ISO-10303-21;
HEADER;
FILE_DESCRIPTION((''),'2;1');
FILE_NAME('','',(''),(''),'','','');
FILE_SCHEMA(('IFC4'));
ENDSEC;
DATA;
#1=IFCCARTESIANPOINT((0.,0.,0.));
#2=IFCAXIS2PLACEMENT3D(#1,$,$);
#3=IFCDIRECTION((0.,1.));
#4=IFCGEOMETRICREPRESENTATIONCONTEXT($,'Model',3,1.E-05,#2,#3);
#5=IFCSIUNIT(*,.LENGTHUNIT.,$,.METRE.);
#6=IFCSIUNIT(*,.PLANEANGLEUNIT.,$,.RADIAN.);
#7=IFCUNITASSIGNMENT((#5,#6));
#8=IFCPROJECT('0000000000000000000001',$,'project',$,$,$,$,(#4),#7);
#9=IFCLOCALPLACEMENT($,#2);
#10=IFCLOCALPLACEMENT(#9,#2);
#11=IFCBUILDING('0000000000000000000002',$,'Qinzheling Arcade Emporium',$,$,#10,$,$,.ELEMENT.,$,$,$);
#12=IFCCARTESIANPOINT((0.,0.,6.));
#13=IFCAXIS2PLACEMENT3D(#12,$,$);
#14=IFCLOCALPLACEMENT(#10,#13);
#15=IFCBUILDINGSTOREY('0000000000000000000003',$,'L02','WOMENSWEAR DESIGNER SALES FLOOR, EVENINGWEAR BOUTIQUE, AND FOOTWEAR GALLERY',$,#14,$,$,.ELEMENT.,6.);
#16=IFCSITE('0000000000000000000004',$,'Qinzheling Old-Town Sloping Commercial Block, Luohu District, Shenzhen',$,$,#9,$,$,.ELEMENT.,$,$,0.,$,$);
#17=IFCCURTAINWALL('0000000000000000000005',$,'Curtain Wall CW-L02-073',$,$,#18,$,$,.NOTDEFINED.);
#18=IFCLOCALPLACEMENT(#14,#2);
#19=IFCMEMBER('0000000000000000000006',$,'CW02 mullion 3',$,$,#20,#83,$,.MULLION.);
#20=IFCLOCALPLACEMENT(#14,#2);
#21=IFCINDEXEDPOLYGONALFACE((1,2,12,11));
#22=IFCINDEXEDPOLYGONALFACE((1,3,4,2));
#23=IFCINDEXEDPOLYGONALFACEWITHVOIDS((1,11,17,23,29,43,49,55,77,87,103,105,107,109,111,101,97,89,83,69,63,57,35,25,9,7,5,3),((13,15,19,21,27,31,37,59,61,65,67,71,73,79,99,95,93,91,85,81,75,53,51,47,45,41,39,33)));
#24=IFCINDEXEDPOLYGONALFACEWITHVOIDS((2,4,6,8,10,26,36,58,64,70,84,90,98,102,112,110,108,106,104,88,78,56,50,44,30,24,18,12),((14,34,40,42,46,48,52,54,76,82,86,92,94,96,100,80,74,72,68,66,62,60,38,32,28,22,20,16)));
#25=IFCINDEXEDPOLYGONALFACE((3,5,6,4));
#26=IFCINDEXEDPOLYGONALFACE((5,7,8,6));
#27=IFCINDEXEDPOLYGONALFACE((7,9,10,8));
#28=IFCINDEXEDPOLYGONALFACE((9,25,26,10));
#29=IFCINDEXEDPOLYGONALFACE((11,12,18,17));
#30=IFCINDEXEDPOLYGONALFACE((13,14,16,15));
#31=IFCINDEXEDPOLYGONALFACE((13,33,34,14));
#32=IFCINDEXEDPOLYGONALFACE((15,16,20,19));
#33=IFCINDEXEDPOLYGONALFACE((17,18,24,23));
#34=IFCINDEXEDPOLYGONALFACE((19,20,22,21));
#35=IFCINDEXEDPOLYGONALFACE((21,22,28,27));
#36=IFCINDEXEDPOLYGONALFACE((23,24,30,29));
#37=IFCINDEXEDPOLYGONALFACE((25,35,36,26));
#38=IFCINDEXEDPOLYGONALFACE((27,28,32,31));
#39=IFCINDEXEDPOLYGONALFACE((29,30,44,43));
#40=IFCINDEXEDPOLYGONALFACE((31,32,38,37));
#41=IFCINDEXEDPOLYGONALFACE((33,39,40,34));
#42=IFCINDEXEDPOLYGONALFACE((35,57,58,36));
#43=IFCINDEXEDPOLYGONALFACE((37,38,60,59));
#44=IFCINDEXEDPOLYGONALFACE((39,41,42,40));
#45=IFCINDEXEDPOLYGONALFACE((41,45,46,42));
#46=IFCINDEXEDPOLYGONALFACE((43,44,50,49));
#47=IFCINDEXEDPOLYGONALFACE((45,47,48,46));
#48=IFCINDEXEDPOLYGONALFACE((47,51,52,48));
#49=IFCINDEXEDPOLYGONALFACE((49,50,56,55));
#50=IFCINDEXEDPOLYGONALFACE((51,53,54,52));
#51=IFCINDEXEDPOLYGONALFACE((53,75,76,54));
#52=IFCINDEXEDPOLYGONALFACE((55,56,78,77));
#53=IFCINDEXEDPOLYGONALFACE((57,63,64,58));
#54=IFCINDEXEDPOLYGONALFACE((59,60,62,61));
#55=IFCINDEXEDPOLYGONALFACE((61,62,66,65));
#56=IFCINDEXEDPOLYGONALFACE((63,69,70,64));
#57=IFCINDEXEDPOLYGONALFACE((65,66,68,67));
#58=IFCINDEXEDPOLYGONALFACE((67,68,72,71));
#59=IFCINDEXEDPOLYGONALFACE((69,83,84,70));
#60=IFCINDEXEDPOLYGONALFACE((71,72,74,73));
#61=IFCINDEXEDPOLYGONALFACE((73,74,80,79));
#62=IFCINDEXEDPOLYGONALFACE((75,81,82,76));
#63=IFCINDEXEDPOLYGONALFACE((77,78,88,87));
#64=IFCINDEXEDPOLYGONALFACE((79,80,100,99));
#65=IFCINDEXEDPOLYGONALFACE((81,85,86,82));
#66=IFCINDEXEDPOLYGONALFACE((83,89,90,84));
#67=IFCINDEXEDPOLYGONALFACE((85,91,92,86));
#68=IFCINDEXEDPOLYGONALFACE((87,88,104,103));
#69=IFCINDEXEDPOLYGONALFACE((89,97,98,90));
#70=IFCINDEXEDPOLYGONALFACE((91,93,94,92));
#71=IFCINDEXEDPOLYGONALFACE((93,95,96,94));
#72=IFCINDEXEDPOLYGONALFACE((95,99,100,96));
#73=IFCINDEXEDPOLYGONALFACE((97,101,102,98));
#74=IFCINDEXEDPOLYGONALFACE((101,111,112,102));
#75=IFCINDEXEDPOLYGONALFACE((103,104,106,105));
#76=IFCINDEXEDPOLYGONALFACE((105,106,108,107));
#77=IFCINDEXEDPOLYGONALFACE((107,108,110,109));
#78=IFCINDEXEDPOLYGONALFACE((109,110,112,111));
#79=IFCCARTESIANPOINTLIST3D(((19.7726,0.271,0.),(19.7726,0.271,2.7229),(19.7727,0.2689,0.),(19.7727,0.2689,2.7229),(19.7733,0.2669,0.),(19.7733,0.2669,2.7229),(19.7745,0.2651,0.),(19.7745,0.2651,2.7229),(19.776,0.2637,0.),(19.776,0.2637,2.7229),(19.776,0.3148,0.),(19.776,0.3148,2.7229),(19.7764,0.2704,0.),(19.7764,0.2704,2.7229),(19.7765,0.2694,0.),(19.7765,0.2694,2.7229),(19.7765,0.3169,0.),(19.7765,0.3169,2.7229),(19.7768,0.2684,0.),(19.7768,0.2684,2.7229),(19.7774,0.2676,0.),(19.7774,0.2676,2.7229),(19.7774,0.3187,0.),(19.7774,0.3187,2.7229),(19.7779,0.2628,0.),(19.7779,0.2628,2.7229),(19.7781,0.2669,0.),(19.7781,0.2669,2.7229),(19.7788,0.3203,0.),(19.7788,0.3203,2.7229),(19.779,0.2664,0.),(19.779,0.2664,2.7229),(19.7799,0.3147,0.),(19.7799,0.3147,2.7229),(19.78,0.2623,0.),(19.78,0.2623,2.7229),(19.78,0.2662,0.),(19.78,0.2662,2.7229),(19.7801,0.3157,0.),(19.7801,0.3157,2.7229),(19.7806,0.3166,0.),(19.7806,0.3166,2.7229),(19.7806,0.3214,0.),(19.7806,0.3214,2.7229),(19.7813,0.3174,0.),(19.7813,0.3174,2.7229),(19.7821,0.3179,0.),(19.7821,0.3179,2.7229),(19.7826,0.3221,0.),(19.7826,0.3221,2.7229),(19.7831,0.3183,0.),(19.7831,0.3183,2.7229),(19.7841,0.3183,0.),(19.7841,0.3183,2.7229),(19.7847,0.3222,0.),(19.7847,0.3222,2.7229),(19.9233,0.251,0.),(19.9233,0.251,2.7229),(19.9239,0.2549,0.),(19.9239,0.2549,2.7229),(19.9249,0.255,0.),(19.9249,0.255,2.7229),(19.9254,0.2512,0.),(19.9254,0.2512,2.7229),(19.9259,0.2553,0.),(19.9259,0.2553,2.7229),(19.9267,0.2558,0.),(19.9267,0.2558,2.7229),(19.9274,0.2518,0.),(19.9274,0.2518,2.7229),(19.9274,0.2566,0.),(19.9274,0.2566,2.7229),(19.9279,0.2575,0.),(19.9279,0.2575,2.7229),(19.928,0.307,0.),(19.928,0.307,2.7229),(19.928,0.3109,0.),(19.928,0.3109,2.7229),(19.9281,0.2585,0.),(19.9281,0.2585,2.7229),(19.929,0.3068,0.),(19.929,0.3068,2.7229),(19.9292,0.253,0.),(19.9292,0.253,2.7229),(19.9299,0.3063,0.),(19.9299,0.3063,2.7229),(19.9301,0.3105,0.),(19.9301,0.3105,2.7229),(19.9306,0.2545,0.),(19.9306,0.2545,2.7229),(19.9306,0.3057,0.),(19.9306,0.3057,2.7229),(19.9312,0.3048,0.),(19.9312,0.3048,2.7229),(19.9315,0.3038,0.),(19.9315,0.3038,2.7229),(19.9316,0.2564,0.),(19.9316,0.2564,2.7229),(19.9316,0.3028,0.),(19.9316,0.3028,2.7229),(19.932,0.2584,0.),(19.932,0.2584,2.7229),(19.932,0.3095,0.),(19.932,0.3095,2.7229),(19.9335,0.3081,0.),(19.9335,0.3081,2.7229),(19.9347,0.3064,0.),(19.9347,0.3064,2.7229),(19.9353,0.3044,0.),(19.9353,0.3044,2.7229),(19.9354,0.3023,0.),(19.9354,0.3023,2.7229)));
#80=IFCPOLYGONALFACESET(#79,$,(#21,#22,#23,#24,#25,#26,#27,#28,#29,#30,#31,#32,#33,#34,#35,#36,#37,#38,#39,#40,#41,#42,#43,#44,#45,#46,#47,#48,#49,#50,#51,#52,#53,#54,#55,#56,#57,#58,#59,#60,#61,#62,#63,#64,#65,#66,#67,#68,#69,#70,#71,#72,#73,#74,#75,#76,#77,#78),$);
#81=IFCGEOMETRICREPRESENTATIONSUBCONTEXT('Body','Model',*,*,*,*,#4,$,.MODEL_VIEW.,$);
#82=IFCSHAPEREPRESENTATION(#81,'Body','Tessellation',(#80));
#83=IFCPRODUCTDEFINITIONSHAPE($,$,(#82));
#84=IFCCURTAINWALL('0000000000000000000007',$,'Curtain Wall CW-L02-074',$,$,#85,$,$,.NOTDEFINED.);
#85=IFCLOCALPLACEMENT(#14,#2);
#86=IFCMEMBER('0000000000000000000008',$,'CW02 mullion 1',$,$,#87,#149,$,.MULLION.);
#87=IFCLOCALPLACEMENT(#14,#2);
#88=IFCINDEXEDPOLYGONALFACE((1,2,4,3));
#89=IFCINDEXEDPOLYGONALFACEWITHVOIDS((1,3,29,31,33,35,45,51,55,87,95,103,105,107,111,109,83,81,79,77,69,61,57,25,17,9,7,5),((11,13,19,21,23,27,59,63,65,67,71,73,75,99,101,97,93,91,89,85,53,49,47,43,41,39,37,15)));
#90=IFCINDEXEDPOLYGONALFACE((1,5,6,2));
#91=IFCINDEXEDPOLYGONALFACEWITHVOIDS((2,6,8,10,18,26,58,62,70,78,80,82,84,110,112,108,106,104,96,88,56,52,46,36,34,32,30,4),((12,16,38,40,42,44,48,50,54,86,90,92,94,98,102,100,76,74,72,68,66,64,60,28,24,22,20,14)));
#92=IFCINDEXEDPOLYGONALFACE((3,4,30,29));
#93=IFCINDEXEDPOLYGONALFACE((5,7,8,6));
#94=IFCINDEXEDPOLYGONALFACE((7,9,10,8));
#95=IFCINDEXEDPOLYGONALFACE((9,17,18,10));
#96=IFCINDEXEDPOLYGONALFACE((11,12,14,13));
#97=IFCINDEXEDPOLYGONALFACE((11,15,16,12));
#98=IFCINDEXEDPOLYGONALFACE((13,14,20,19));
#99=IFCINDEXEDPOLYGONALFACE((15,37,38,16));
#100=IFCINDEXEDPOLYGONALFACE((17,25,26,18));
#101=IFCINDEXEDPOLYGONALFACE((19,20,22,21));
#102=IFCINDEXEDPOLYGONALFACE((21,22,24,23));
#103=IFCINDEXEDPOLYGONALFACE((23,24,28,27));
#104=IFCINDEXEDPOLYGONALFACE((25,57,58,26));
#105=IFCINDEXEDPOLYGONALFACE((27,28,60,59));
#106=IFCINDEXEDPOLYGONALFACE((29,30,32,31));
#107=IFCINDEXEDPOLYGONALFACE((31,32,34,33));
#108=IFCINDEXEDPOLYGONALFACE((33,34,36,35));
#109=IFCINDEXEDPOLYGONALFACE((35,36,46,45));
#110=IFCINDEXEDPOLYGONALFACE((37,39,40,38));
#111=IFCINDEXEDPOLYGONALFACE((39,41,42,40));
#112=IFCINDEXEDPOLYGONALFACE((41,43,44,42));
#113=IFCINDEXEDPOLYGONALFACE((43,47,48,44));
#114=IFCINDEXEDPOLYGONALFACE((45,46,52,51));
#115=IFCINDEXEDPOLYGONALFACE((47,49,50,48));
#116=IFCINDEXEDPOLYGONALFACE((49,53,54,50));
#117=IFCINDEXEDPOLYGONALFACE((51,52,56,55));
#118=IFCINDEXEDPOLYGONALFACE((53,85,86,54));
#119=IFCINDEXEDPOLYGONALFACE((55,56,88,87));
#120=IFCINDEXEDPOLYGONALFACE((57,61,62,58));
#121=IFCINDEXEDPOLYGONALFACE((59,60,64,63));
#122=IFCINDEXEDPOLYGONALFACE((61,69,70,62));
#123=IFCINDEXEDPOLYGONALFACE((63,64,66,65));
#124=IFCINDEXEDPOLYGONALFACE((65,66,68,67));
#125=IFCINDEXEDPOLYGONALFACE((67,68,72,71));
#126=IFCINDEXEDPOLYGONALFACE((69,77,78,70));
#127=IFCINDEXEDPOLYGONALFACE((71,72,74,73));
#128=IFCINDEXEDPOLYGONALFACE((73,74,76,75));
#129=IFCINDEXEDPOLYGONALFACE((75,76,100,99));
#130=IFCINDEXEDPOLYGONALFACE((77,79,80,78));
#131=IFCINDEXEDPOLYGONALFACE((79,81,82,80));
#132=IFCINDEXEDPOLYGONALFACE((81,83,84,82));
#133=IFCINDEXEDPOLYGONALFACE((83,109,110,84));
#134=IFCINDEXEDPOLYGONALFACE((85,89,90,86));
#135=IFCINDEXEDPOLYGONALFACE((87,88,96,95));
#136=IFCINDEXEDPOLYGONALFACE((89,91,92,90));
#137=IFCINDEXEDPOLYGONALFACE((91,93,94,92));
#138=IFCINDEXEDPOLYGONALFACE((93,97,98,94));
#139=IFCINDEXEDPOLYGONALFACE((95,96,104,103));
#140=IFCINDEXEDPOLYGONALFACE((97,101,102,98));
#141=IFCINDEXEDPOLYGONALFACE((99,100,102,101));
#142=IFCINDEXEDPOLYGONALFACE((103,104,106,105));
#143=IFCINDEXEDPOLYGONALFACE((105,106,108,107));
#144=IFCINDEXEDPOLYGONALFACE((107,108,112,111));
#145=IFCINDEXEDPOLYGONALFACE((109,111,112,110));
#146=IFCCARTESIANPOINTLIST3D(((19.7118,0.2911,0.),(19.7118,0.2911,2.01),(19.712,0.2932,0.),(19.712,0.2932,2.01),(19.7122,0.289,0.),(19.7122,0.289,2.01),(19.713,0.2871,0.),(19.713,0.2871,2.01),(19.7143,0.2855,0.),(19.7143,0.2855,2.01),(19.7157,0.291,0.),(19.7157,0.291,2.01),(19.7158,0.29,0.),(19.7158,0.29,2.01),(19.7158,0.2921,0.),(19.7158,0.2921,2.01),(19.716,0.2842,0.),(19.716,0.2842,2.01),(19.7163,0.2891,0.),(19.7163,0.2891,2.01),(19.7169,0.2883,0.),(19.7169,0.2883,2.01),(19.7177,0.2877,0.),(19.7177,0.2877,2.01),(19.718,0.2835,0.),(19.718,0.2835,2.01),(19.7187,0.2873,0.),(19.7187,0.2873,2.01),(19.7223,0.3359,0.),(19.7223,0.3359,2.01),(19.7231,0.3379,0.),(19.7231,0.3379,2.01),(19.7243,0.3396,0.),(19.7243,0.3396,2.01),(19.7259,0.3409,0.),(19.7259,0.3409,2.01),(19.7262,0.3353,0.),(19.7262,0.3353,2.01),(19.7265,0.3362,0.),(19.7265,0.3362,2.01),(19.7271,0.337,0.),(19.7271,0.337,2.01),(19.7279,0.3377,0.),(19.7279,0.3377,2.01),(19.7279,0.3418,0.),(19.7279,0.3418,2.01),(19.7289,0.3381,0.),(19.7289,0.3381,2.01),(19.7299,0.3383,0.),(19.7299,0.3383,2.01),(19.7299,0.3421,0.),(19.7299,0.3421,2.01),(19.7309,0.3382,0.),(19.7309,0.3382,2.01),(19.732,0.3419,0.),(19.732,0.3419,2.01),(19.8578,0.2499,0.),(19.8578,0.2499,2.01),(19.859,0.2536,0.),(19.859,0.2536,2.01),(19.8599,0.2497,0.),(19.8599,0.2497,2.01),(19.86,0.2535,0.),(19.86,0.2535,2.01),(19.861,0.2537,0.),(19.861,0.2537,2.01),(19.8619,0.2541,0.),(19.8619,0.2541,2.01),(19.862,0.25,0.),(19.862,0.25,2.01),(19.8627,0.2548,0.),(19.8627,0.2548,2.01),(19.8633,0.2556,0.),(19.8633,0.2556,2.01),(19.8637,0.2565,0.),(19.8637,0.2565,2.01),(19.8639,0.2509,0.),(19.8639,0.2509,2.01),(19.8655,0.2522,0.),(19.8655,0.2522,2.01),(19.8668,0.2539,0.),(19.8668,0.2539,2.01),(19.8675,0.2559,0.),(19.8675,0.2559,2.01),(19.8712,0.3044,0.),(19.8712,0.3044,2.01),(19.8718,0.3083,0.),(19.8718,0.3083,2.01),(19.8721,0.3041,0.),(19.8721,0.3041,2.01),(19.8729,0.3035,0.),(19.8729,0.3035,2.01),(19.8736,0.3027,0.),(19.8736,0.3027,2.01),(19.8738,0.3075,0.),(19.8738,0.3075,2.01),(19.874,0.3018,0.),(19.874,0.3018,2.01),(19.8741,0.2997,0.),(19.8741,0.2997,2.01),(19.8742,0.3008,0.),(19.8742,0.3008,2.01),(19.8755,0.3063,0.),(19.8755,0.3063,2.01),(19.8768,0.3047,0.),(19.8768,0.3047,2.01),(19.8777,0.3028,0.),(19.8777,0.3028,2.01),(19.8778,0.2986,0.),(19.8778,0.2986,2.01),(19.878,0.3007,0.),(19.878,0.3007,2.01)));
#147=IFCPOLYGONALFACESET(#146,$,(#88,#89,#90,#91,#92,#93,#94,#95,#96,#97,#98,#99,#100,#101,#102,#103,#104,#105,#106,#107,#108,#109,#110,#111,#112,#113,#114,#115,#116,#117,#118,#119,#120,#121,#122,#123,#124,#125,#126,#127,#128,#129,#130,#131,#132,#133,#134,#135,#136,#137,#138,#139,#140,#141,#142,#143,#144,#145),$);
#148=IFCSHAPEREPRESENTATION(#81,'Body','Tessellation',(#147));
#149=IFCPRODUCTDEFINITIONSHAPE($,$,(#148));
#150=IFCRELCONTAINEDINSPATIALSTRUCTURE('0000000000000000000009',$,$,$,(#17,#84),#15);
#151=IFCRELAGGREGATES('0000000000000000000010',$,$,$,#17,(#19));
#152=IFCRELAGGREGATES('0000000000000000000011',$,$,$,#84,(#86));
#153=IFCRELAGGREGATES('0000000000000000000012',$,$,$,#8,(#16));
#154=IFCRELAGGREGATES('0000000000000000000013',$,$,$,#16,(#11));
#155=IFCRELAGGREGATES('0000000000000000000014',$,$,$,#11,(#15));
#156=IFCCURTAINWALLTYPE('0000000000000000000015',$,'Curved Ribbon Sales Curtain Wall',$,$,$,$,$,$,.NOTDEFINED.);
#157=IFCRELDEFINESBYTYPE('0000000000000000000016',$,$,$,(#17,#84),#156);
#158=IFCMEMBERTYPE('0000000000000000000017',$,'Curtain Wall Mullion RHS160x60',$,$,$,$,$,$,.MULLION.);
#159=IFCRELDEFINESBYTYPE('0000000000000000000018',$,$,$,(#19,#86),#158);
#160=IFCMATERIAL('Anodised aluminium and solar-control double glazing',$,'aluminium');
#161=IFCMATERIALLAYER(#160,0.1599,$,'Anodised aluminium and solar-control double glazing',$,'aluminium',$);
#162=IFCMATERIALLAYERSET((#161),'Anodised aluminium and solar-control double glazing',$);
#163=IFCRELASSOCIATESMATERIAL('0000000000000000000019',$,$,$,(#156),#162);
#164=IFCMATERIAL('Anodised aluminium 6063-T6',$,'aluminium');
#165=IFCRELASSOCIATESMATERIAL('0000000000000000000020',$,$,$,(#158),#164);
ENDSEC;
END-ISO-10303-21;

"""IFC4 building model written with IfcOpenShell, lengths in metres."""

from ifc_helpers import new_model, si_unit, direction, frame, origin, origin_2d, place, context, subcontext, project, spatial, hollow_rectangle, extrude, material, layer, layer_set, material_profile, profile_set, type_object, element, aggregate, save


model = new_model("IFC4")

# Units and contexts
model_context = context("Model", 3, precision=1e-05, world=origin(), true_north=direction((0.0, 1.0)))
body_context = subcontext(model_context, "Body", "Model", "MODEL_VIEW")
ifc_project = project(units=[si_unit("LENGTHUNIT", "METRE"), si_unit("PLANEANGLEUNIT", "RADIAN")], contexts=[model_context])

# Site, building, storey
site_placement = place(None, origin())
site = spatial("IfcSite", under=ifc_project, at=site_placement, Name="Qinzheling Old-Town Sloping Commercial Block, Luohu District, Shenzhen", CompositionType="ELEMENT", RefElevation=0.0)
building_placement = place(site_placement, origin())
building = spatial("IfcBuilding", under=site, at=building_placement, Name="Qinzheling Arcade Emporium", CompositionType="ELEMENT")
storey_placement = place(building_placement, frame((0.0, 0.0, 6.0)))
storey = spatial("IfcBuildingStorey", under=building, at=storey_placement, Name="L02", Description="WOMENSWEAR DESIGNER SALES FLOOR, EVENINGWEAR BOUTIQUE, AND FOOTWEAR GALLERY", CompositionType="ELEMENT", Elevation=6.0)

# Curtain wall, member
ifc_material_1 = material(Name="Anodised aluminium and solar-control double glazing", Category="aluminium")
ifc_layer_1 = layer(ifc_material_1, 0.1599, Name="Anodised aluminium and solar-control double glazing", Category="aluminium")
ifc_layer_set_1 = layer_set([ifc_layer_1], Name="Anodised aluminium and solar-control double glazing")
curtain_wall_type = type_object("IfcCurtainWallType", Name="Curved Ribbon Sales Curtain Wall", PredefinedType="NOTDEFINED", material=ifc_layer_set_1)
curtain_wall_1_placement = place(storey_placement, origin())
curtain_wall_1 = element("IfcCurtainWall", 1, at=curtain_wall_1_placement, inside=storey, type_object=curtain_wall_type, Name="Curtain Wall CW-L02-073", PredefinedType="NOTDEFINED")
ifc_material_2 = material(Name="Anodised aluminium 6063-T6", Category="aluminium")
ifc_material_profile_1 = material_profile(ifc_material_2, hollow_rectangle(XDim=0.0601, YDim=0.1599, WallThickness=0.0039, InnerFilletRadius=0.0039, OuterFilletRadius=0.0081, at=origin_2d()), Name="RHS 160x60x4", Category="aluminium")
ifc_profile_set_1 = profile_set([ifc_material_profile_1], Name="Anodised aluminium 6063-T6")
member_type_1 = type_object("IfcMemberType", Name="Curtain Wall Mullion RHS160x60", PredefinedType="MULLION", material=ifc_profile_set_1)
member_1_placement = place(storey_placement, frame((19.854, 0.2866, 0.0), z_axis=(0.0, 0.0, 1.0), x_axis=(-0.078376, -0.996924, 0.0)))
member_1 = element("IfcMember", 2, at=member_1_placement, type_object=member_type_1, Name="CW02 mullion 3", PredefinedType="MULLION", context=body_context, shape_type="SweptSolid", body=[
    extrude(hollow_rectangle(XDim=0.0601, YDim=0.1599, WallThickness=0.0039, InnerFilletRadius=0.0039, OuterFilletRadius=0.0081, at=origin_2d()), origin(), (0.0, 0.0, 1.0), 2.7229),
])

# Curtain wall, member
curtain_wall_2_placement = place(storey_placement, origin())
curtain_wall_2 = element("IfcCurtainWall", 3, at=curtain_wall_2_placement, inside=storey, type_object=curtain_wall_type, Name="Curtain Wall CW-L02-074", PredefinedType="NOTDEFINED")
member_2_placement = place(storey_placement, frame((19.7949, 0.2959, 0.0), z_axis=(0.0, 0.0, 1.0), x_axis=(-0.233585, -0.972336, 0.0)))
member_2 = element("IfcMember", 4, at=member_2_placement, type_object=member_type_1, Name="CW02 mullion 1", PredefinedType="MULLION", context=body_context, shape_type="SweptSolid", body=[
    extrude(hollow_rectangle(XDim=0.0601, YDim=0.1599, WallThickness=0.0039, InnerFilletRadius=0.0039, OuterFilletRadius=0.0081, at=origin_2d()), origin(), (0.0, 0.0, 1.0), 2.01),
])

aggregate(curtain_wall_1, [member_1])
aggregate(curtain_wall_2, [member_2])

save(model, "model.ifc")
